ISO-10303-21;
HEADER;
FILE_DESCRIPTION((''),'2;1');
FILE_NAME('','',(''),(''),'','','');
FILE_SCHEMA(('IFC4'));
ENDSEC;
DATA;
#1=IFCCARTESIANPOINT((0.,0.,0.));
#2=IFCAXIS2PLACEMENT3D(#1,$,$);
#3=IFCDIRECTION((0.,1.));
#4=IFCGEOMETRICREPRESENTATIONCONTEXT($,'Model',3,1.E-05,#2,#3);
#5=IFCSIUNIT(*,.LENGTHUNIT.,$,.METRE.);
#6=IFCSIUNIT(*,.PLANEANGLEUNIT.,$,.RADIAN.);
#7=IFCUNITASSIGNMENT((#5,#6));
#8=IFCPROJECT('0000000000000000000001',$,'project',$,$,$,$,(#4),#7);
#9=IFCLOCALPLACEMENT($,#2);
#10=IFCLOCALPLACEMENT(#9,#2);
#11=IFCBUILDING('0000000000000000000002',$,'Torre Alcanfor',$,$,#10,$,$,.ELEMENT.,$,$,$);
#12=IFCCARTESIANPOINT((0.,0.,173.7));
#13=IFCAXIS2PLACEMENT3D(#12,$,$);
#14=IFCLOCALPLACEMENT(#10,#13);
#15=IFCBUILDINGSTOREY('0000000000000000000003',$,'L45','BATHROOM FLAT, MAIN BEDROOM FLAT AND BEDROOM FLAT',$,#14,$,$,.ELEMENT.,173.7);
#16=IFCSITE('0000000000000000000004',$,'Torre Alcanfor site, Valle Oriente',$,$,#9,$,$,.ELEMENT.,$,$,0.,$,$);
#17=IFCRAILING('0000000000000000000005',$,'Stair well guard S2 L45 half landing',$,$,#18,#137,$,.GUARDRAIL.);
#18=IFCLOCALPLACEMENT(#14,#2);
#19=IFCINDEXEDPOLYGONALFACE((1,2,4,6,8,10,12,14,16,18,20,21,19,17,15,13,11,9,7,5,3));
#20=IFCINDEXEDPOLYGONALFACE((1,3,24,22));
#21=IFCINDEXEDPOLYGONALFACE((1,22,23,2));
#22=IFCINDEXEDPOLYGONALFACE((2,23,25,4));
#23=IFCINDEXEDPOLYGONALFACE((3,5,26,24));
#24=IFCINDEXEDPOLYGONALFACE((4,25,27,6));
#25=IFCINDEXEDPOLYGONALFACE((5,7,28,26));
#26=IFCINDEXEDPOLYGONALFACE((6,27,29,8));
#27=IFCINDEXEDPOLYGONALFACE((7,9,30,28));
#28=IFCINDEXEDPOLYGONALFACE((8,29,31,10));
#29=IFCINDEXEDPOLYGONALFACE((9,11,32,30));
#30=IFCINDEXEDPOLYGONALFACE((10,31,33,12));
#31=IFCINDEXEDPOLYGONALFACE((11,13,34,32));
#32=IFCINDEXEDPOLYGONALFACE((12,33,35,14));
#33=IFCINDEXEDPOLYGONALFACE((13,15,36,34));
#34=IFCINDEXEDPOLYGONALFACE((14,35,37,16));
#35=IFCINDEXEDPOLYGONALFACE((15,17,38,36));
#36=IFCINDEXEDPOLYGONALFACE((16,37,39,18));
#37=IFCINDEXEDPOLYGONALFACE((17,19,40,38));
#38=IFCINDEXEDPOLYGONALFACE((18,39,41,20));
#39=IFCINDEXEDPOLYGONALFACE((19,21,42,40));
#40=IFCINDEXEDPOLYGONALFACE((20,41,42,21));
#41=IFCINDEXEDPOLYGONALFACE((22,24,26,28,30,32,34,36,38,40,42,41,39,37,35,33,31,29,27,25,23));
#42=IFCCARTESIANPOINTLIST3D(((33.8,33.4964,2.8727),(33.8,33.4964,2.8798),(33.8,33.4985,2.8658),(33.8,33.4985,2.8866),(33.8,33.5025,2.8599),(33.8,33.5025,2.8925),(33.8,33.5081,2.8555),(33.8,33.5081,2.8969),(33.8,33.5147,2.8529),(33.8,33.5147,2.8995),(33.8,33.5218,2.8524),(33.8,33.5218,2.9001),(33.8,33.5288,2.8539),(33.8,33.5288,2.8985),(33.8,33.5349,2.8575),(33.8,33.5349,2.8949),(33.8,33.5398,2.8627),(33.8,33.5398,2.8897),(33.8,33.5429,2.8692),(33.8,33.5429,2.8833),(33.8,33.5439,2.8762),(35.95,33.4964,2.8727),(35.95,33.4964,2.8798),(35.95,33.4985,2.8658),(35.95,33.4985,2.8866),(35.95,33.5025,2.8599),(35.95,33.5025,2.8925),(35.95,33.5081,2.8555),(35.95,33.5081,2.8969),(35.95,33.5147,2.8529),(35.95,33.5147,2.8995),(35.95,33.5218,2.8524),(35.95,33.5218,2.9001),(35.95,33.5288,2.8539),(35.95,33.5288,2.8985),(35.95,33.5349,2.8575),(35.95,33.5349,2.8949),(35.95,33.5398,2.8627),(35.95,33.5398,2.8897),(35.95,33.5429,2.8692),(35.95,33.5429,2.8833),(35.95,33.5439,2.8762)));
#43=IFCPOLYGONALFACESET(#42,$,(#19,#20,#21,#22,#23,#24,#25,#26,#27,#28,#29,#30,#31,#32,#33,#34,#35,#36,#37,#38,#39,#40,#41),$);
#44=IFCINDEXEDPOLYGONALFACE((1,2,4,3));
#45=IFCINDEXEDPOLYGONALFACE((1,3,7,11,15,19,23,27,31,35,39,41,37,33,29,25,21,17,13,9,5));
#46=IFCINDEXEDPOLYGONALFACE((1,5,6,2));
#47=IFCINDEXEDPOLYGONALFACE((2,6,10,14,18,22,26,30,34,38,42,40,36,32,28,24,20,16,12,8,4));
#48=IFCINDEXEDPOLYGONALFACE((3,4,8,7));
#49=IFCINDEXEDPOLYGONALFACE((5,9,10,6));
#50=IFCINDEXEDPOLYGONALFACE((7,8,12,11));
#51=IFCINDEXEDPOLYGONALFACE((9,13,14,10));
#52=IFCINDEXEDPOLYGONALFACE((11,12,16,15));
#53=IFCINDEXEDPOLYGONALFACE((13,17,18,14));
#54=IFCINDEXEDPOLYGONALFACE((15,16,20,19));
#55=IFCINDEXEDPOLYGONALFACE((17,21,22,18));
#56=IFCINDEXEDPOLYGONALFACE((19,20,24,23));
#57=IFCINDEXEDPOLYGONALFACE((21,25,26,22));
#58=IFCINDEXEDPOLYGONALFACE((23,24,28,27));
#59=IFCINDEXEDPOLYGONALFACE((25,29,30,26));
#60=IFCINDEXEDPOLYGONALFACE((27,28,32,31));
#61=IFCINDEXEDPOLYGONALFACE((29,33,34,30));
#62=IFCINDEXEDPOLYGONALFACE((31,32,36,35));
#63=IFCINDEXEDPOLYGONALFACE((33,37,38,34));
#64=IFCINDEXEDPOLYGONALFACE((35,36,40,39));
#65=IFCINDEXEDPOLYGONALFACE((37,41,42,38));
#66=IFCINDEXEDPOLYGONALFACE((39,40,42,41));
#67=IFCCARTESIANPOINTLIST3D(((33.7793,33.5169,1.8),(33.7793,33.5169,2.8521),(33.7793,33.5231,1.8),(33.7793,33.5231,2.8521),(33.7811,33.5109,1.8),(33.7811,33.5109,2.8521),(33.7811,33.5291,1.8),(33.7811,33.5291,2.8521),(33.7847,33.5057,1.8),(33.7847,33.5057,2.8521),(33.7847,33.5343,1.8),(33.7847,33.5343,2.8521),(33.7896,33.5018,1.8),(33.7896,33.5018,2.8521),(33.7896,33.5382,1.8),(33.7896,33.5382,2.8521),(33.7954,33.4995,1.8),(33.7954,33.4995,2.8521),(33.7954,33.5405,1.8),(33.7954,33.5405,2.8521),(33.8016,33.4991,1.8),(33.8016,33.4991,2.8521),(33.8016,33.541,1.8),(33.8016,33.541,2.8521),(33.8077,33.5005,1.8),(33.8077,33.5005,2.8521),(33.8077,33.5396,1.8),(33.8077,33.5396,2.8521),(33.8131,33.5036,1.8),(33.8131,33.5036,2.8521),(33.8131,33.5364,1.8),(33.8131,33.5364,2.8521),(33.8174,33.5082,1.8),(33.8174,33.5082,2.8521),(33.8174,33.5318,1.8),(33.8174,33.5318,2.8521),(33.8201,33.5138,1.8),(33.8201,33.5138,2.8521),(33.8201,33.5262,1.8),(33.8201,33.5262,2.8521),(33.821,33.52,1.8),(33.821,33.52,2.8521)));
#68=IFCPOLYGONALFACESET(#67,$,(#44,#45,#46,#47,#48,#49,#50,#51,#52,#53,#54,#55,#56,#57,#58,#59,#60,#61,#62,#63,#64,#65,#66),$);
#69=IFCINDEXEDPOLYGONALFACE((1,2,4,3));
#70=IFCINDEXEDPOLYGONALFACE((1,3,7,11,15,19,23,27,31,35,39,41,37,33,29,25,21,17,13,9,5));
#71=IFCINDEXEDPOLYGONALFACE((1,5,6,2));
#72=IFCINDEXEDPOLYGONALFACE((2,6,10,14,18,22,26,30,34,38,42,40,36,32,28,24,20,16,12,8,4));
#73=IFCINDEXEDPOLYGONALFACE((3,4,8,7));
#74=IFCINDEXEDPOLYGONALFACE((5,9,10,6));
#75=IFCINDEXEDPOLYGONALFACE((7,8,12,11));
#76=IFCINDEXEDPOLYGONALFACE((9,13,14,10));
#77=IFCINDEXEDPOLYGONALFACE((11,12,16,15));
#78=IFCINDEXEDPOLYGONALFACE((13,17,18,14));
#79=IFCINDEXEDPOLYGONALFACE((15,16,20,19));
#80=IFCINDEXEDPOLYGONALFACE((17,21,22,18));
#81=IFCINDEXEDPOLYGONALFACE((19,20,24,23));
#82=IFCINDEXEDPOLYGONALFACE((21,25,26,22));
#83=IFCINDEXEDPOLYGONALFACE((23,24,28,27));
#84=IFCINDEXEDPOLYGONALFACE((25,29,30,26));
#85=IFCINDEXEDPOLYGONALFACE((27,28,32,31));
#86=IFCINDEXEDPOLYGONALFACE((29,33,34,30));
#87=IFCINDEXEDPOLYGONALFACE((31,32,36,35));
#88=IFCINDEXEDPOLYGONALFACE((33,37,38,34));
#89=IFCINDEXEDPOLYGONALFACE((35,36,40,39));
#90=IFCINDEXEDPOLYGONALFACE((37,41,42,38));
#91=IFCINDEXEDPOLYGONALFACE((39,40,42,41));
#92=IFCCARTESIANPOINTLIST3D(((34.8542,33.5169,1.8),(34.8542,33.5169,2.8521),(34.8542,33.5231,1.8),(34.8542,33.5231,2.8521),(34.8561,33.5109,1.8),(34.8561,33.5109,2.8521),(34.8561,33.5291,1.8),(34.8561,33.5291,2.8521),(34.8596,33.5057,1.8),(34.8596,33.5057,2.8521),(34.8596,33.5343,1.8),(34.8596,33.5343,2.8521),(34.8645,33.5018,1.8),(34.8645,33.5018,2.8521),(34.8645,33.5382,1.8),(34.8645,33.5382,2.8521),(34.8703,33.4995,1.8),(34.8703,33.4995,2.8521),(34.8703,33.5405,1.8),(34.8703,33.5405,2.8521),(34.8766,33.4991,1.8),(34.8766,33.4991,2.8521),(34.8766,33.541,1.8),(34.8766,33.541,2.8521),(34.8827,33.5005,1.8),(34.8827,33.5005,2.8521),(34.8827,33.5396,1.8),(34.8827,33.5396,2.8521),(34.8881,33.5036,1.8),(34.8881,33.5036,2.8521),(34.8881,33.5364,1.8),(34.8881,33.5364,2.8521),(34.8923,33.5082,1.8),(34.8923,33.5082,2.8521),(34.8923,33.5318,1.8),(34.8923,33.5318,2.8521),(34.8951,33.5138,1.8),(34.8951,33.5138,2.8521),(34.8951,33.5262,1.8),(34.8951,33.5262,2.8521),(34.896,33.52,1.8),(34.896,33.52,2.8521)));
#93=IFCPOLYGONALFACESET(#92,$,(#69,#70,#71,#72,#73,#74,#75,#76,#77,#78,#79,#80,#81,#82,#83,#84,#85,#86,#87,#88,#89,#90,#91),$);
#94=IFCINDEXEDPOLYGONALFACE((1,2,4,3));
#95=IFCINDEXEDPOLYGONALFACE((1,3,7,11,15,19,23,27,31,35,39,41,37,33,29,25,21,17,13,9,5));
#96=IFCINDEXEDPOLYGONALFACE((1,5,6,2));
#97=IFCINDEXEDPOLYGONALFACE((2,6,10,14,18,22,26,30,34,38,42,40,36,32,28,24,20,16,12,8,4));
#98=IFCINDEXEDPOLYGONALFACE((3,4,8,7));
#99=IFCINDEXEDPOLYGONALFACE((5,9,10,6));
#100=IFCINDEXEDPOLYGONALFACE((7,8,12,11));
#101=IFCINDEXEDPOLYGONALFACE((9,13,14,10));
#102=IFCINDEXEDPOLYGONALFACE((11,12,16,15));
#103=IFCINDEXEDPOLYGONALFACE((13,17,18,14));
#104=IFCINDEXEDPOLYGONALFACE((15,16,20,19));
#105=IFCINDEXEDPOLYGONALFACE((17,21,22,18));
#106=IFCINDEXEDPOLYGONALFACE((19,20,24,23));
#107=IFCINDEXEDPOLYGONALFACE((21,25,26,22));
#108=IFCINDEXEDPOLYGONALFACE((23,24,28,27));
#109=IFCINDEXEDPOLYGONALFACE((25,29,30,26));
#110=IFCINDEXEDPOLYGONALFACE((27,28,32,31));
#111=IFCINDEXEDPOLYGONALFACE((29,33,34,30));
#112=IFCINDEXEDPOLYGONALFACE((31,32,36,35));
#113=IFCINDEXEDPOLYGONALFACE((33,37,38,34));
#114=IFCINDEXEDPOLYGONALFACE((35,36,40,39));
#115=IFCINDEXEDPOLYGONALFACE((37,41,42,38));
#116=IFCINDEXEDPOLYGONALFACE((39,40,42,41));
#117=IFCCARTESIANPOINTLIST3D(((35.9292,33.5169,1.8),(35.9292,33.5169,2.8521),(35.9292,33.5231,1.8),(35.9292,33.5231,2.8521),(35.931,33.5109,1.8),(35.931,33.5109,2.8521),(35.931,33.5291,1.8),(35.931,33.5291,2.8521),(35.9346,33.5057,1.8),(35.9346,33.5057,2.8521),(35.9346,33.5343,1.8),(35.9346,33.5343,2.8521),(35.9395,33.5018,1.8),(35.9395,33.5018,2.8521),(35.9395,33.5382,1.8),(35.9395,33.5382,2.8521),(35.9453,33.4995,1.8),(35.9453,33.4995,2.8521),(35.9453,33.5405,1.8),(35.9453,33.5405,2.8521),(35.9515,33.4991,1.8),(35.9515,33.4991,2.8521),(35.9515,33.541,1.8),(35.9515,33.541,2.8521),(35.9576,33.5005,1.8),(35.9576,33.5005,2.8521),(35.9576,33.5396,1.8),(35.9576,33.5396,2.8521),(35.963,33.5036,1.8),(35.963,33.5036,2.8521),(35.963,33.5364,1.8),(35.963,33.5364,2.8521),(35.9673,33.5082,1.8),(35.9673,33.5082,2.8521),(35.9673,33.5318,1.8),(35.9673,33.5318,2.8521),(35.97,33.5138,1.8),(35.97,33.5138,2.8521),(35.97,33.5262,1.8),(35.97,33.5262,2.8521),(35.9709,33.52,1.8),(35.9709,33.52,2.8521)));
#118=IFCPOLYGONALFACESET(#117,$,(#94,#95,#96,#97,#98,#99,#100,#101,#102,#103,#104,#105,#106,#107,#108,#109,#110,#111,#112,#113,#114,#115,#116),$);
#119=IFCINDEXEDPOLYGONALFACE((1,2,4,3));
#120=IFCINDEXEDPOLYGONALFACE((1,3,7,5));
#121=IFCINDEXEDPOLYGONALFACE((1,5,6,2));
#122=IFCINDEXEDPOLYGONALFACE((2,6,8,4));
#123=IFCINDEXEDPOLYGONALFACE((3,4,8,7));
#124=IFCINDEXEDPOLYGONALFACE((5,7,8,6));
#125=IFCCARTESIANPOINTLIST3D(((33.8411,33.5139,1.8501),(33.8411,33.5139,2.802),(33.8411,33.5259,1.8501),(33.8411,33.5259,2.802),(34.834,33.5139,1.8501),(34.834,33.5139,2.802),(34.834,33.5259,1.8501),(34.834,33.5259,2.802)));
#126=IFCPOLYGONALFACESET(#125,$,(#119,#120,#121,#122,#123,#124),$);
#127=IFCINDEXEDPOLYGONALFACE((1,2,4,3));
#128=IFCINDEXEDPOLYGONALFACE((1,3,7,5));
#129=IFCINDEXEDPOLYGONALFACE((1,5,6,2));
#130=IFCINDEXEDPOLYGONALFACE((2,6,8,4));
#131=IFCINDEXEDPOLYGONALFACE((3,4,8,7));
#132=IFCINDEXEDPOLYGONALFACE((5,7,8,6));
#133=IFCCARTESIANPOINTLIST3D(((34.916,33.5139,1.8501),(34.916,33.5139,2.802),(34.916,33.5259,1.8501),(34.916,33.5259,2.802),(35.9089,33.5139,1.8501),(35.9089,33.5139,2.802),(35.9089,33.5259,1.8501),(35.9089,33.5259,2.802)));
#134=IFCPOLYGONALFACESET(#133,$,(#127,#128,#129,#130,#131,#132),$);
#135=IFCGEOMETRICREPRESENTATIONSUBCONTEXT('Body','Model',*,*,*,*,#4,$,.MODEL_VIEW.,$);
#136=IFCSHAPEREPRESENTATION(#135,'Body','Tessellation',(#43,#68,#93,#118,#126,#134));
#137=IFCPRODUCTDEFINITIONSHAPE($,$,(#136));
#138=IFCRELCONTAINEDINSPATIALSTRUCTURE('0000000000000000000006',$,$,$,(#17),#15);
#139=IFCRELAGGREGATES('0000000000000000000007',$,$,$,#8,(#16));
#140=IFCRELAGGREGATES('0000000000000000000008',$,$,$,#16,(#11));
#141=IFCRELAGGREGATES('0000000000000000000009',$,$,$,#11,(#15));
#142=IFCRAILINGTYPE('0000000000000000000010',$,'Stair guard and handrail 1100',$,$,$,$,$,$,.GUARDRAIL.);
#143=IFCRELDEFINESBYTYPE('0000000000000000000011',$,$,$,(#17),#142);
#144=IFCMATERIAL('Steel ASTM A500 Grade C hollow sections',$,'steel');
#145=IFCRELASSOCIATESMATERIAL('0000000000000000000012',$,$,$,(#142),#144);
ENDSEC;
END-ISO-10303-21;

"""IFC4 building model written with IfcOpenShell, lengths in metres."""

from ifc_helpers import new_model, si_unit, direction, frame, origin, origin_2d, place, context, subcontext, project, spatial, polyline, circle, outline, extrude, material, type_object, element, save


model = new_model("IFC4")

# Units and contexts
model_context = context("Model", 3, precision=1e-05, world=origin(), true_north=direction((0.0, 1.0)))
body_context = subcontext(model_context, "Body", "Model", "MODEL_VIEW")
ifc_project = project(units=[si_unit("LENGTHUNIT", "METRE"), si_unit("PLANEANGLEUNIT", "RADIAN")], contexts=[model_context])

# Site, building, storey
site_placement = place(None, origin())
site = spatial("IfcSite", under=ifc_project, at=site_placement, Name="Torre Alcanfor site, Valle Oriente", CompositionType="ELEMENT", RefElevation=0.0)
building_placement = place(site_placement, origin())
building = spatial("IfcBuilding", under=site, at=building_placement, Name="Torre Alcanfor", CompositionType="ELEMENT")
storey_placement = place(building_placement, frame((0.0, 0.0, 173.7)))
storey = spatial("IfcBuildingStorey", under=building, at=storey_placement, Name="L45", Description="BATHROOM FLAT, MAIN BEDROOM FLAT AND BEDROOM FLAT", CompositionType="ELEMENT", Elevation=173.7)

# Railing
ifc_material_1 = material(Name="Steel ASTM A500 Grade C hollow sections", Category="steel")
railing_type_1 = type_object("IfcRailingType", Name="Stair guard and handrail 1100", PredefinedType="GUARDRAIL", material=ifc_material_1)
for number, where, name in (
    (1, (33.8, 33.52, 1.8), "Stair well guard S2 L45 half landing"),
):
    element("IfcRailing", number, at=place(storey_placement, frame(where)), inside=storey, type_object=railing_type_1, Name=name, PredefinedType="GUARDRAIL", context=body_context, shape_type="SweptSolid", body=[
        extrude(circle(Radius=0.0239, at=origin_2d()), frame((0.0, 0.0, 1.0762), z_axis=(1.0, 0.0, 0.0), x_axis=(0.0, 1.0, 0.0)), (0.0, 0.0, 1.0), 2.1499),
        extrude(circle(Radius=0.021, at=origin_2d()), origin(), (0.0, 0.0, 1.0), 1.052),
        extrude(circle(Radius=0.021, at=origin_2d()), frame((1.075, 0.0, 0.0)), (0.0, 0.0, 1.0), 1.052),
        extrude(circle(Radius=0.021, at=origin_2d()), frame((2.1499, 0.0, 0.0)), (0.0, 0.0, 1.0), 1.052),
        extrude(outline(polyline([(0.041, 0.05), (1.0339, 0.05), (1.0339, 1.002), (0.041, 1.002), (0.041, 0.05)])), frame((0.0, 0.0059, 0.0), z_axis=(0.0, -1.0, 0.0), x_axis=(1.0, 0.0, 0.0)), (0.0, 0.0, 1.0), 0.012),
        extrude(outline(polyline([(1.116, 0.05), (2.1089, 0.05), (2.1089, 1.002), (1.116, 1.002), (1.116, 0.05)])), frame((0.0, 0.0059, 0.0), z_axis=(0.0, -1.0, 0.0), x_axis=(1.0, 0.0, 0.0)), (0.0, 0.0, 1.0), 0.012),
    ])

save(model, "model.ifc")
